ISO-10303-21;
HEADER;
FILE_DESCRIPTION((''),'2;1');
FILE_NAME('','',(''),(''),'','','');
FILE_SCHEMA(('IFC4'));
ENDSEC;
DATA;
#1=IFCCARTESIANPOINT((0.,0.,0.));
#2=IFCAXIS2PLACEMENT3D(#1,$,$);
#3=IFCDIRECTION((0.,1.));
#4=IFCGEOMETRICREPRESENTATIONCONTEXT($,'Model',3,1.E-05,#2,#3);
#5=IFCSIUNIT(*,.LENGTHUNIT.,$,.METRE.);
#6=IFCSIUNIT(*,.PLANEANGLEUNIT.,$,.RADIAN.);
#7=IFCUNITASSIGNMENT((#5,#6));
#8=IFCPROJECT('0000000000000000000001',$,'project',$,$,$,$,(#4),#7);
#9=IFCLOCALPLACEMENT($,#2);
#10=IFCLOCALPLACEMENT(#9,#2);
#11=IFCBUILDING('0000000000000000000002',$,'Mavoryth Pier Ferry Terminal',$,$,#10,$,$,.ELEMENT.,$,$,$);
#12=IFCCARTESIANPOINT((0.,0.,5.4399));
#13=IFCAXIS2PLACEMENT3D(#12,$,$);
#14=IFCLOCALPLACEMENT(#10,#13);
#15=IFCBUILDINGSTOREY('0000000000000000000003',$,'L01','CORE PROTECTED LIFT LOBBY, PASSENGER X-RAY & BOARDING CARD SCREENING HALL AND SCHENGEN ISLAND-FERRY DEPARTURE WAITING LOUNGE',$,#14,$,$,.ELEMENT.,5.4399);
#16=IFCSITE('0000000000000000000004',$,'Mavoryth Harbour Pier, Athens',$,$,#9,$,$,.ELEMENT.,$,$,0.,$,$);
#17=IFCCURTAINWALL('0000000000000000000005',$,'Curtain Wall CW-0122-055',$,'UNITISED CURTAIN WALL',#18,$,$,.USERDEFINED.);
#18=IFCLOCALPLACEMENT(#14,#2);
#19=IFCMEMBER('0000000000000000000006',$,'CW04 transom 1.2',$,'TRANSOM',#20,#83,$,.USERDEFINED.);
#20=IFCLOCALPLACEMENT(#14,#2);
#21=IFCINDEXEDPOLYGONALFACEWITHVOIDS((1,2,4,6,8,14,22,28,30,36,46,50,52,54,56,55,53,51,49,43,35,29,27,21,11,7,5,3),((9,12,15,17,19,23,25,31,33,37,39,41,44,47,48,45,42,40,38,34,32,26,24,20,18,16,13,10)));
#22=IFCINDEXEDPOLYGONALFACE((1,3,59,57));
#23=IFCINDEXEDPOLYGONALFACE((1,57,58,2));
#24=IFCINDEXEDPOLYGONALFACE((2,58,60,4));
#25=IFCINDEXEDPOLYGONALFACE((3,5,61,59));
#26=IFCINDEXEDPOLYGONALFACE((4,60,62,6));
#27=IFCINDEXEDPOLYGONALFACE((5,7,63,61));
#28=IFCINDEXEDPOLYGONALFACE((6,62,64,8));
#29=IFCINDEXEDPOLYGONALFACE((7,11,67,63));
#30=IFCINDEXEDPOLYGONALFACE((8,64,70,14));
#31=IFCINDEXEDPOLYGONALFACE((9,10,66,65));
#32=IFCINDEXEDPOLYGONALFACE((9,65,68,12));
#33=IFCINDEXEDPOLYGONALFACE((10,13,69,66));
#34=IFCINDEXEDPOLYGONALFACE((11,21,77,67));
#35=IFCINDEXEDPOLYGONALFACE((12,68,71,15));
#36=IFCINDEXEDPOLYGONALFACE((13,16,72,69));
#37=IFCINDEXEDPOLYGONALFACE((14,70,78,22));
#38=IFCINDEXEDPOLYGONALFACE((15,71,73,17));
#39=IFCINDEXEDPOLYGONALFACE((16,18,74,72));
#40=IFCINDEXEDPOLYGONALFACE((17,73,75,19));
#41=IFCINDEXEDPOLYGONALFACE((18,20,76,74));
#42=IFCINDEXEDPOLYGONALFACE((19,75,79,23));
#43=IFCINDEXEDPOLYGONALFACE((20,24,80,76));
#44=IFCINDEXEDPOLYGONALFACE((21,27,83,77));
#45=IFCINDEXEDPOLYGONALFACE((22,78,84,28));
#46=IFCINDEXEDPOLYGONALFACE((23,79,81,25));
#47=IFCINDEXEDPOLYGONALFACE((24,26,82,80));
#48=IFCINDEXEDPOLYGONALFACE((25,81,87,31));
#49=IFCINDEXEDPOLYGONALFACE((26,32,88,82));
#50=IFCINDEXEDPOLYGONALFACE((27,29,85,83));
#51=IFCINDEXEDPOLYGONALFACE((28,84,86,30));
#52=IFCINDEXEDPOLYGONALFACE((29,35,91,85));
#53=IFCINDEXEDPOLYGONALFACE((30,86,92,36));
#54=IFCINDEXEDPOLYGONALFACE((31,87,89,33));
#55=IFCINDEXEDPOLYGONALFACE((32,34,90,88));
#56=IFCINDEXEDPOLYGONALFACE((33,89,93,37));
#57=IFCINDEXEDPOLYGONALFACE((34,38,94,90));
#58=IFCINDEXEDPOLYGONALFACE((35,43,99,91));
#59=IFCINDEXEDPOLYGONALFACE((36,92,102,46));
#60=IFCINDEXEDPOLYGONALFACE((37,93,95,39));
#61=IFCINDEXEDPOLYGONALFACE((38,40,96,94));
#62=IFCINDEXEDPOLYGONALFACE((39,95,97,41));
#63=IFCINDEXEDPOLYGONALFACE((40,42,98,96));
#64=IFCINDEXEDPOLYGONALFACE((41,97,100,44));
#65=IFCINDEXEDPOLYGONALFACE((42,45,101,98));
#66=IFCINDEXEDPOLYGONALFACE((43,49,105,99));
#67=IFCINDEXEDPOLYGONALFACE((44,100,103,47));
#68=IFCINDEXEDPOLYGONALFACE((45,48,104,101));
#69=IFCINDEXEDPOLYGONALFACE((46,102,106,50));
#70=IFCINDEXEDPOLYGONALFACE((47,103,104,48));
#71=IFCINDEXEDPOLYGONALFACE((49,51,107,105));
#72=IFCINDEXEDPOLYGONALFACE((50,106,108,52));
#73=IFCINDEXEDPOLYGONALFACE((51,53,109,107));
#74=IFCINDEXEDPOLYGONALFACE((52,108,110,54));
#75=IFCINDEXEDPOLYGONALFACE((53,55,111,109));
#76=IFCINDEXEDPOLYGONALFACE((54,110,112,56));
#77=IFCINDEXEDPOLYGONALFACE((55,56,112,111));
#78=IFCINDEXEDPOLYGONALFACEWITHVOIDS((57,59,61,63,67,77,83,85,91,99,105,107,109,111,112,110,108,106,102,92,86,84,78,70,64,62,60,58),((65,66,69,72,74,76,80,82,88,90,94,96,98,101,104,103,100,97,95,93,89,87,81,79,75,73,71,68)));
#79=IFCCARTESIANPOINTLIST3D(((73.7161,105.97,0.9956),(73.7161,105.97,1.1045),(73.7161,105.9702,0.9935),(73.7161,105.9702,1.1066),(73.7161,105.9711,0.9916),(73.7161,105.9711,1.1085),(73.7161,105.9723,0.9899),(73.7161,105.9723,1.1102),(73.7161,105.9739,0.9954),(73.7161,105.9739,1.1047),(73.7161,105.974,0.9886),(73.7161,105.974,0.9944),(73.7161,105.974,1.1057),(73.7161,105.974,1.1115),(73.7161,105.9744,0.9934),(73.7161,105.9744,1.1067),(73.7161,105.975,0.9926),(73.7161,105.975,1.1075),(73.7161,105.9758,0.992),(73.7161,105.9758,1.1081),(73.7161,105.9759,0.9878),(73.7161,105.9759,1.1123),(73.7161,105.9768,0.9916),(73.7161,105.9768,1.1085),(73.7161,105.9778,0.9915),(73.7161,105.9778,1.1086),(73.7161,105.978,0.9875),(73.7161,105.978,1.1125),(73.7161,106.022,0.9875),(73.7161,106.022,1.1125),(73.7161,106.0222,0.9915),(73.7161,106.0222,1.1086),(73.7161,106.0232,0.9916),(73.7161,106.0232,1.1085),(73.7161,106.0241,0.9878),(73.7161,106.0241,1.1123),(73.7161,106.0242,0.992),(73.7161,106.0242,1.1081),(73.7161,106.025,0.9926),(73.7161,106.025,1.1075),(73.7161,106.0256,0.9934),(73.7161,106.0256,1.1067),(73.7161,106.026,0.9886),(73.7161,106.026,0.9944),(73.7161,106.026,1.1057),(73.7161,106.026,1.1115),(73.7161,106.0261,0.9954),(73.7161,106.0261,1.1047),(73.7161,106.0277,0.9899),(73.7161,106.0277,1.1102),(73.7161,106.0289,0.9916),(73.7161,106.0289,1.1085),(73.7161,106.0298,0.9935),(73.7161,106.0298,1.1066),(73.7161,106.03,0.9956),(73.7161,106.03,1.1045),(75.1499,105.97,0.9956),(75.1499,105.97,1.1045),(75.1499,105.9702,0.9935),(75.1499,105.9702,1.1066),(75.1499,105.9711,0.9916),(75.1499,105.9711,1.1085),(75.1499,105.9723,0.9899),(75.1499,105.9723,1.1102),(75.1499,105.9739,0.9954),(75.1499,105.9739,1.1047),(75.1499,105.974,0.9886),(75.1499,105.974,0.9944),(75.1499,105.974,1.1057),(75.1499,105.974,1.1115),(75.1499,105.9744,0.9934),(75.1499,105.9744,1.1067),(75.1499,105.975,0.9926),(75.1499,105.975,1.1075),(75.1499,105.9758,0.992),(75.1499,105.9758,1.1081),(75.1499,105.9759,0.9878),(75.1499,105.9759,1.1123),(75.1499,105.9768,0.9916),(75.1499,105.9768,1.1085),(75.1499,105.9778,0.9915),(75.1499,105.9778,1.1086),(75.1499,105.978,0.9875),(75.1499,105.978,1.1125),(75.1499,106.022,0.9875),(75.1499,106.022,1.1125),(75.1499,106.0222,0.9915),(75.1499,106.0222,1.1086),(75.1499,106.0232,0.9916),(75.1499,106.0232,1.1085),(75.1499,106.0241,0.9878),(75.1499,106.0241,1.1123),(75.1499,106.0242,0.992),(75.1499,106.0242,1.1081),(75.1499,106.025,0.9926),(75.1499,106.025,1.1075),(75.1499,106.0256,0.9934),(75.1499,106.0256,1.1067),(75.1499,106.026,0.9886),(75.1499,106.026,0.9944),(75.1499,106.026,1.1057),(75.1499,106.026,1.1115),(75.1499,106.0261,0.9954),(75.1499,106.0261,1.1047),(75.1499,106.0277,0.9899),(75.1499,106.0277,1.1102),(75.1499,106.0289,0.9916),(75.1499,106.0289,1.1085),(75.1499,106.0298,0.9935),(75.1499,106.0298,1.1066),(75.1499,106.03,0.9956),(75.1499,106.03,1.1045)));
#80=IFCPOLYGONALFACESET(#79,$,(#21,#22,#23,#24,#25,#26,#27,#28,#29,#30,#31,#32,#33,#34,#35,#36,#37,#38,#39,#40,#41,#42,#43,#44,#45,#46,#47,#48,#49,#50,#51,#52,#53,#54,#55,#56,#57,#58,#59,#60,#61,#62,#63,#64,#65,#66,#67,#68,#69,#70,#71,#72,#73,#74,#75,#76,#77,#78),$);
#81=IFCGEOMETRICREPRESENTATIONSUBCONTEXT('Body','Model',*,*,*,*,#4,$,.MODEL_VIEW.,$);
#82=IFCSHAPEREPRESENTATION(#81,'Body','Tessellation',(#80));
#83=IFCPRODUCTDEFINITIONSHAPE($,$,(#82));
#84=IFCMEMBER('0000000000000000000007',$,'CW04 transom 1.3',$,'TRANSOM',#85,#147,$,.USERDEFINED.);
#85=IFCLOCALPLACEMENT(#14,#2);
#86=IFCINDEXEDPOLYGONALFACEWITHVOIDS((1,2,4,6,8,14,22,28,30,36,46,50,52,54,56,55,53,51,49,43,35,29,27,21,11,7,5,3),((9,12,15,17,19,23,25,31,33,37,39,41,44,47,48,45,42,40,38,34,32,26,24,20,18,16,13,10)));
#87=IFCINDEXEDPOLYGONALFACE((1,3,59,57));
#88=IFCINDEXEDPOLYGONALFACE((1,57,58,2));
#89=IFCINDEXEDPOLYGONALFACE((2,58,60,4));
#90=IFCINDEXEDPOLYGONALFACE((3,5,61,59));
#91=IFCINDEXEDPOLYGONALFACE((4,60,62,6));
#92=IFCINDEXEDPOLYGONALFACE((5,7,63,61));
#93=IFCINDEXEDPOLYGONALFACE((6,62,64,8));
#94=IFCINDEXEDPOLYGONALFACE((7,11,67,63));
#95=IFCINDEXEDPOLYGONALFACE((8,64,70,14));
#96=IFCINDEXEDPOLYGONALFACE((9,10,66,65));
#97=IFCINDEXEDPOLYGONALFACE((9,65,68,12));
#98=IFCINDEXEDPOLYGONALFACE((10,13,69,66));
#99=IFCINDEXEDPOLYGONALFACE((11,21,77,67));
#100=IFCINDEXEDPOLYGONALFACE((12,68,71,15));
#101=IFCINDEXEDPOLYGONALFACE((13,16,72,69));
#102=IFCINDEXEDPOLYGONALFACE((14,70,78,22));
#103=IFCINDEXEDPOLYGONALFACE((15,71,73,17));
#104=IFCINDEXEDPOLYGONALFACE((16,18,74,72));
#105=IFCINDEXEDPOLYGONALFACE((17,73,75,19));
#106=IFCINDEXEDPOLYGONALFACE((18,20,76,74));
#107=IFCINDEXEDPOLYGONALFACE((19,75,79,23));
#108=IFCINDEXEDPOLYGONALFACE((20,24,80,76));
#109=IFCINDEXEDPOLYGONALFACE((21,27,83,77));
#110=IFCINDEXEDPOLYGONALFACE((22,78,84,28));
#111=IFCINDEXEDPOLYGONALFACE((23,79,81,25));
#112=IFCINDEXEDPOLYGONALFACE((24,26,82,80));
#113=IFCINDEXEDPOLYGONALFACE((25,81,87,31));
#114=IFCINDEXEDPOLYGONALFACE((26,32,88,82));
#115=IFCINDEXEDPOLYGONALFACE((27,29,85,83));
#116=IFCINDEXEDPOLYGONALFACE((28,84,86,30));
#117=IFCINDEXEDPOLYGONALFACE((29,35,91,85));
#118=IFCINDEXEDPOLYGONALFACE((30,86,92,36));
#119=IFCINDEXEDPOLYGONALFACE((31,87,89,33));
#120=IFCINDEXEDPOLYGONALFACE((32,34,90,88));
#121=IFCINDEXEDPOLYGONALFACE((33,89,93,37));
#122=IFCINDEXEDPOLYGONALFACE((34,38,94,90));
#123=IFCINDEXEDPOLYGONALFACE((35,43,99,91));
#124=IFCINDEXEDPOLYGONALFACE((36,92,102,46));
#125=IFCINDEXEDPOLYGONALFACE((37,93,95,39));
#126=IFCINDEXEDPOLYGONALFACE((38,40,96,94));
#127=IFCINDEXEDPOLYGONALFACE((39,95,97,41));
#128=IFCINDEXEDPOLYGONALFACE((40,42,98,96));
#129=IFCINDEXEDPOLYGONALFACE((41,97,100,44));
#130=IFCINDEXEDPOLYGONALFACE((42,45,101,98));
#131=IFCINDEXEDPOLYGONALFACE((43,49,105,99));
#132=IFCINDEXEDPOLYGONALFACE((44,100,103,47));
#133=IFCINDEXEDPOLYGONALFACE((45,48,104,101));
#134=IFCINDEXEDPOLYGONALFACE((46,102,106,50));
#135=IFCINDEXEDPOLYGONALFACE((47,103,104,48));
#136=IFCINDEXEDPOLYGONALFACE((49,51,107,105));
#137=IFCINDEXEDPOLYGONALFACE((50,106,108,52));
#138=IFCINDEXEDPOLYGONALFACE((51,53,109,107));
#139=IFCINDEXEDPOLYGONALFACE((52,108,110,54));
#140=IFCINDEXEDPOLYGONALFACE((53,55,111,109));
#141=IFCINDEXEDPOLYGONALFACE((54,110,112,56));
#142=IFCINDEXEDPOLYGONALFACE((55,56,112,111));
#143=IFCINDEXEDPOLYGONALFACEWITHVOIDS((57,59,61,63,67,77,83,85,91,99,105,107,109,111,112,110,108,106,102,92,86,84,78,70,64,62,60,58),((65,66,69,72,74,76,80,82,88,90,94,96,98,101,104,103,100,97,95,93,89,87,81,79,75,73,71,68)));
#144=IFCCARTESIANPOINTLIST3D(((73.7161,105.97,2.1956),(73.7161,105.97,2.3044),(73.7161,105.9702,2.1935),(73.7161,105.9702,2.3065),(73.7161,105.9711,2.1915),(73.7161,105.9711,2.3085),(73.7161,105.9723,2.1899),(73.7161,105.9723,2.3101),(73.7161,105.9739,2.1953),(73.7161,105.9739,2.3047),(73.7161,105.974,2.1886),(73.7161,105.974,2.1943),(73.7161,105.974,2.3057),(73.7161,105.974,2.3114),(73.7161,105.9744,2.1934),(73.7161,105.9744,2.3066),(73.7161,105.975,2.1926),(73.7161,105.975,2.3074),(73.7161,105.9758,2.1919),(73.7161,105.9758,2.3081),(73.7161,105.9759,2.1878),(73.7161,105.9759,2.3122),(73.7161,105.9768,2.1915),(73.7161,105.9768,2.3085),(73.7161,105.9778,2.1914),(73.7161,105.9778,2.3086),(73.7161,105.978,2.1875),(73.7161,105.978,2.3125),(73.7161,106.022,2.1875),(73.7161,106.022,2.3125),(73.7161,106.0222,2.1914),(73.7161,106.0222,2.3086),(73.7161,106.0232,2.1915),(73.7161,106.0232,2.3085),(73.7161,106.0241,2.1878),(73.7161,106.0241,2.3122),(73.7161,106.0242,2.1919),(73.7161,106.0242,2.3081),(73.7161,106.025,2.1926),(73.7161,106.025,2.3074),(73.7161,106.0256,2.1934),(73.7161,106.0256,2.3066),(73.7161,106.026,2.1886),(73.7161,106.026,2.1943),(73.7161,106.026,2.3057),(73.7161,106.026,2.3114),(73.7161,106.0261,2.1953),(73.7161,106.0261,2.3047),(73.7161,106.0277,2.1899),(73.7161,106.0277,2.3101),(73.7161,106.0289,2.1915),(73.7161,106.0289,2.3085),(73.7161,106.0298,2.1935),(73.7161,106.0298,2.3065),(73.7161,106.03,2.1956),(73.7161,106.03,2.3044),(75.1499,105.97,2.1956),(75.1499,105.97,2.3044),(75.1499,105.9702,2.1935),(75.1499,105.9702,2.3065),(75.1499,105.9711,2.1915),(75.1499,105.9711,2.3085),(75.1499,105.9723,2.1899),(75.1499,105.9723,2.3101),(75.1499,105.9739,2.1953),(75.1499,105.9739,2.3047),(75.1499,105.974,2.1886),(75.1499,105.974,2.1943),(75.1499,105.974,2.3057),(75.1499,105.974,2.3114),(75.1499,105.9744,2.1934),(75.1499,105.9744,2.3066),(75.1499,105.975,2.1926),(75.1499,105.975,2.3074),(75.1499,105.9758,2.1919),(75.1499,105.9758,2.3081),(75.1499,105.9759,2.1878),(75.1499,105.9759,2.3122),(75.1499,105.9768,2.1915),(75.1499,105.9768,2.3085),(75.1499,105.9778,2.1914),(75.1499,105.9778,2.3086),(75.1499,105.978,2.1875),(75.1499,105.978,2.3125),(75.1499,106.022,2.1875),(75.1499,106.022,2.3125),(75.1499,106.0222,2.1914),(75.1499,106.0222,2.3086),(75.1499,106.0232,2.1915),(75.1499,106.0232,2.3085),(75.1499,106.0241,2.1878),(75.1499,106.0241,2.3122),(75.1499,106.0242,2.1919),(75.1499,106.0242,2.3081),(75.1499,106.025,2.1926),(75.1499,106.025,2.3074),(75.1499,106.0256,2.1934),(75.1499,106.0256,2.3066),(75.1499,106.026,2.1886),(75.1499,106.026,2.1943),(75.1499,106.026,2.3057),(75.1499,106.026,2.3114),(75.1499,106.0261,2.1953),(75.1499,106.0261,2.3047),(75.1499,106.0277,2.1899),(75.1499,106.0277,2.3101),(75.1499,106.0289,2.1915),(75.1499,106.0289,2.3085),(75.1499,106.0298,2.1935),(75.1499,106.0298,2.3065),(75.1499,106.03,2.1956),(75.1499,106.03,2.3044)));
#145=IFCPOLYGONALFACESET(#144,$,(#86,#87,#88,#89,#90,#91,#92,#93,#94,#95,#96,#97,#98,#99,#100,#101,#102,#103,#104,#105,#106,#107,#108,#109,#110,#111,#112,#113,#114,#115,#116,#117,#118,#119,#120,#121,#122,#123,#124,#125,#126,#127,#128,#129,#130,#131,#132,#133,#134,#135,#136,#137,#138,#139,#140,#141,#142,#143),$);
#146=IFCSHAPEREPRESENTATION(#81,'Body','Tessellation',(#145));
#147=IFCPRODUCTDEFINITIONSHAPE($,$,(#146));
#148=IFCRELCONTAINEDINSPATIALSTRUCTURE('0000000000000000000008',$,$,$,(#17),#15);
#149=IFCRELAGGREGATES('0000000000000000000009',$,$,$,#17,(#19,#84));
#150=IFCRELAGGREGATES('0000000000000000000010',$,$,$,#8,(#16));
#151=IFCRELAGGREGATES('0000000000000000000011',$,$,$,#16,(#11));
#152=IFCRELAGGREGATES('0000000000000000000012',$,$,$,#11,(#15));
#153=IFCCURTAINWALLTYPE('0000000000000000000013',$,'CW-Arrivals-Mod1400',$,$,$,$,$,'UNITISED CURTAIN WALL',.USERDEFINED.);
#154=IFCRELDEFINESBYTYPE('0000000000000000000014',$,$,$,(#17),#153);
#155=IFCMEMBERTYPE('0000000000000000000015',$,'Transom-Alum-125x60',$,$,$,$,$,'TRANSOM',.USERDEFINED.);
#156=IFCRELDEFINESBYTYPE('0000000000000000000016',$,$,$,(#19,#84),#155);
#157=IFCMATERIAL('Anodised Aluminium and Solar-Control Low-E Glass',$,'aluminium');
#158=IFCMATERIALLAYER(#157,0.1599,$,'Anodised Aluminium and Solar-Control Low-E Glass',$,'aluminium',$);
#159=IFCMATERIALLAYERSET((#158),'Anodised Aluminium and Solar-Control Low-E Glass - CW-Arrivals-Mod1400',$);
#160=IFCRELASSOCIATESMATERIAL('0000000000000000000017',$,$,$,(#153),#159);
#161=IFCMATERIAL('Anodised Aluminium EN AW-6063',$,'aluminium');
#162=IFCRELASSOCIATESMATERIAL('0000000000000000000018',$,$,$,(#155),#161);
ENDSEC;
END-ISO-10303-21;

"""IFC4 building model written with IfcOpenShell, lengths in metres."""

from ifc_helpers import new_model, si_unit, direction, frame, origin, origin_2d, place, context, subcontext, project, spatial, hollow_rectangle, extrude, material, layer, layer_set, material_profile, profile_set, type_object, element, aggregate, save


model = new_model("IFC4")

# Units and contexts
model_context = context("Model", 3, precision=1e-05, world=origin(), true_north=direction((0.0, 1.0)))
body_context = subcontext(model_context, "Body", "Model", "MODEL_VIEW")
ifc_project = project(units=[si_unit("LENGTHUNIT", "METRE"), si_unit("PLANEANGLEUNIT", "RADIAN")], contexts=[model_context])

# Site, building, storey
site_placement = place(None, origin())
site = spatial("IfcSite", under=ifc_project, at=site_placement, Name="Mavoryth Harbour Pier, Athens", CompositionType="ELEMENT", RefElevation=0.0)
building_placement = place(site_placement, origin())
building = spatial("IfcBuilding", under=site, at=building_placement, Name="Mavoryth Pier Ferry Terminal", CompositionType="ELEMENT")
storey_placement = place(building_placement, frame((0.0, 0.0, 5.4399)))
storey = spatial("IfcBuildingStorey", under=building, at=storey_placement, Name="L01", Description="CORE PROTECTED LIFT LOBBY, PASSENGER X-RAY & BOARDING CARD SCREENING HALL AND SCHENGEN ISLAND-FERRY DEPARTURE WAITING LOUNGE", CompositionType="ELEMENT", Elevation=5.4399)

# Curtain wall
ifc_material_1 = material(Name="Anodised Aluminium and Solar-Control Low-E Glass", Category="aluminium")
ifc_layer_1 = layer(ifc_material_1, 0.1599, Name="Anodised Aluminium and Solar-Control Low-E Glass", Category="aluminium")
ifc_layer_set_1 = layer_set([ifc_layer_1], Name="Anodised Aluminium and Solar-Control Low-E Glass - CW-Arrivals-Mod1400")
curtain_wall_type = type_object("IfcCurtainWallType", Name="CW-Arrivals-Mod1400", ElementType="UNITISED CURTAIN WALL", PredefinedType="USERDEFINED", material=ifc_layer_set_1)
curtain_wall_1_placement = place(storey_placement, origin())
curtain_wall_1 = element("IfcCurtainWall", 1, at=curtain_wall_1_placement, inside=storey, type_object=curtain_wall_type, Name="Curtain Wall CW-0122-055", ObjectType="UNITISED CURTAIN WALL", PredefinedType="USERDEFINED")
ifc_material_2 = material(Name="Anodised Aluminium EN AW-6063", Category="aluminium")

# Members
ifc_material_profile_1 = material_profile(ifc_material_2, hollow_rectangle(XDim=0.0601, YDim=0.125, WallThickness=0.0039, InnerFilletRadius=0.0039, OuterFilletRadius=0.0081, at=origin_2d()), Name="AL-TRAN 125x60x4", Category="aluminium")
ifc_profile_set_1 = profile_set([ifc_material_profile_1], Name="Anodised Aluminium EN AW-6063 - AL-TRAN 125x60x4")
member_type_1 = type_object("IfcMemberType", Name="Transom-Alum-125x60", ElementType="TRANSOM", PredefinedType="USERDEFINED", material=ifc_profile_set_1)
member_1_placement = place(storey_placement, frame((75.1499, 106.0, 1.05), z_axis=(-1.0, 0.0, 0.0), x_axis=(0.0, -1.0, 0.0)))
member_1 = element("IfcMember", 2, at=member_1_placement, type_object=member_type_1, Name="CW04 transom 1.2", ObjectType="TRANSOM", PredefinedType="USERDEFINED", context=body_context, shape_type="SweptSolid", body=[
    extrude(hollow_rectangle(XDim=0.0601, YDim=0.125, WallThickness=0.0039, InnerFilletRadius=0.0039, OuterFilletRadius=0.0081, at=origin_2d()), origin(), (0.0, 0.0, 1.0), 1.4338),
])
member_2_placement = place(storey_placement, frame((75.1499, 106.0, 2.25), z_axis=(-1.0, 0.0, 0.0), x_axis=(0.0, -1.0, 0.0)))
member_2 = element("IfcMember", 3, at=member_2_placement, type_object=member_type_1, Name="CW04 transom 1.3", ObjectType="TRANSOM", PredefinedType="USERDEFINED", context=body_context, shape_type="SweptSolid", body=[
    extrude(hollow_rectangle(XDim=0.0601, YDim=0.125, WallThickness=0.0039, InnerFilletRadius=0.0039, OuterFilletRadius=0.0081, at=origin_2d()), origin(), (0.0, 0.0, 1.0), 1.4338),
])

aggregate(curtain_wall_1, [member_1, member_2])

save(model, "model.ifc")
